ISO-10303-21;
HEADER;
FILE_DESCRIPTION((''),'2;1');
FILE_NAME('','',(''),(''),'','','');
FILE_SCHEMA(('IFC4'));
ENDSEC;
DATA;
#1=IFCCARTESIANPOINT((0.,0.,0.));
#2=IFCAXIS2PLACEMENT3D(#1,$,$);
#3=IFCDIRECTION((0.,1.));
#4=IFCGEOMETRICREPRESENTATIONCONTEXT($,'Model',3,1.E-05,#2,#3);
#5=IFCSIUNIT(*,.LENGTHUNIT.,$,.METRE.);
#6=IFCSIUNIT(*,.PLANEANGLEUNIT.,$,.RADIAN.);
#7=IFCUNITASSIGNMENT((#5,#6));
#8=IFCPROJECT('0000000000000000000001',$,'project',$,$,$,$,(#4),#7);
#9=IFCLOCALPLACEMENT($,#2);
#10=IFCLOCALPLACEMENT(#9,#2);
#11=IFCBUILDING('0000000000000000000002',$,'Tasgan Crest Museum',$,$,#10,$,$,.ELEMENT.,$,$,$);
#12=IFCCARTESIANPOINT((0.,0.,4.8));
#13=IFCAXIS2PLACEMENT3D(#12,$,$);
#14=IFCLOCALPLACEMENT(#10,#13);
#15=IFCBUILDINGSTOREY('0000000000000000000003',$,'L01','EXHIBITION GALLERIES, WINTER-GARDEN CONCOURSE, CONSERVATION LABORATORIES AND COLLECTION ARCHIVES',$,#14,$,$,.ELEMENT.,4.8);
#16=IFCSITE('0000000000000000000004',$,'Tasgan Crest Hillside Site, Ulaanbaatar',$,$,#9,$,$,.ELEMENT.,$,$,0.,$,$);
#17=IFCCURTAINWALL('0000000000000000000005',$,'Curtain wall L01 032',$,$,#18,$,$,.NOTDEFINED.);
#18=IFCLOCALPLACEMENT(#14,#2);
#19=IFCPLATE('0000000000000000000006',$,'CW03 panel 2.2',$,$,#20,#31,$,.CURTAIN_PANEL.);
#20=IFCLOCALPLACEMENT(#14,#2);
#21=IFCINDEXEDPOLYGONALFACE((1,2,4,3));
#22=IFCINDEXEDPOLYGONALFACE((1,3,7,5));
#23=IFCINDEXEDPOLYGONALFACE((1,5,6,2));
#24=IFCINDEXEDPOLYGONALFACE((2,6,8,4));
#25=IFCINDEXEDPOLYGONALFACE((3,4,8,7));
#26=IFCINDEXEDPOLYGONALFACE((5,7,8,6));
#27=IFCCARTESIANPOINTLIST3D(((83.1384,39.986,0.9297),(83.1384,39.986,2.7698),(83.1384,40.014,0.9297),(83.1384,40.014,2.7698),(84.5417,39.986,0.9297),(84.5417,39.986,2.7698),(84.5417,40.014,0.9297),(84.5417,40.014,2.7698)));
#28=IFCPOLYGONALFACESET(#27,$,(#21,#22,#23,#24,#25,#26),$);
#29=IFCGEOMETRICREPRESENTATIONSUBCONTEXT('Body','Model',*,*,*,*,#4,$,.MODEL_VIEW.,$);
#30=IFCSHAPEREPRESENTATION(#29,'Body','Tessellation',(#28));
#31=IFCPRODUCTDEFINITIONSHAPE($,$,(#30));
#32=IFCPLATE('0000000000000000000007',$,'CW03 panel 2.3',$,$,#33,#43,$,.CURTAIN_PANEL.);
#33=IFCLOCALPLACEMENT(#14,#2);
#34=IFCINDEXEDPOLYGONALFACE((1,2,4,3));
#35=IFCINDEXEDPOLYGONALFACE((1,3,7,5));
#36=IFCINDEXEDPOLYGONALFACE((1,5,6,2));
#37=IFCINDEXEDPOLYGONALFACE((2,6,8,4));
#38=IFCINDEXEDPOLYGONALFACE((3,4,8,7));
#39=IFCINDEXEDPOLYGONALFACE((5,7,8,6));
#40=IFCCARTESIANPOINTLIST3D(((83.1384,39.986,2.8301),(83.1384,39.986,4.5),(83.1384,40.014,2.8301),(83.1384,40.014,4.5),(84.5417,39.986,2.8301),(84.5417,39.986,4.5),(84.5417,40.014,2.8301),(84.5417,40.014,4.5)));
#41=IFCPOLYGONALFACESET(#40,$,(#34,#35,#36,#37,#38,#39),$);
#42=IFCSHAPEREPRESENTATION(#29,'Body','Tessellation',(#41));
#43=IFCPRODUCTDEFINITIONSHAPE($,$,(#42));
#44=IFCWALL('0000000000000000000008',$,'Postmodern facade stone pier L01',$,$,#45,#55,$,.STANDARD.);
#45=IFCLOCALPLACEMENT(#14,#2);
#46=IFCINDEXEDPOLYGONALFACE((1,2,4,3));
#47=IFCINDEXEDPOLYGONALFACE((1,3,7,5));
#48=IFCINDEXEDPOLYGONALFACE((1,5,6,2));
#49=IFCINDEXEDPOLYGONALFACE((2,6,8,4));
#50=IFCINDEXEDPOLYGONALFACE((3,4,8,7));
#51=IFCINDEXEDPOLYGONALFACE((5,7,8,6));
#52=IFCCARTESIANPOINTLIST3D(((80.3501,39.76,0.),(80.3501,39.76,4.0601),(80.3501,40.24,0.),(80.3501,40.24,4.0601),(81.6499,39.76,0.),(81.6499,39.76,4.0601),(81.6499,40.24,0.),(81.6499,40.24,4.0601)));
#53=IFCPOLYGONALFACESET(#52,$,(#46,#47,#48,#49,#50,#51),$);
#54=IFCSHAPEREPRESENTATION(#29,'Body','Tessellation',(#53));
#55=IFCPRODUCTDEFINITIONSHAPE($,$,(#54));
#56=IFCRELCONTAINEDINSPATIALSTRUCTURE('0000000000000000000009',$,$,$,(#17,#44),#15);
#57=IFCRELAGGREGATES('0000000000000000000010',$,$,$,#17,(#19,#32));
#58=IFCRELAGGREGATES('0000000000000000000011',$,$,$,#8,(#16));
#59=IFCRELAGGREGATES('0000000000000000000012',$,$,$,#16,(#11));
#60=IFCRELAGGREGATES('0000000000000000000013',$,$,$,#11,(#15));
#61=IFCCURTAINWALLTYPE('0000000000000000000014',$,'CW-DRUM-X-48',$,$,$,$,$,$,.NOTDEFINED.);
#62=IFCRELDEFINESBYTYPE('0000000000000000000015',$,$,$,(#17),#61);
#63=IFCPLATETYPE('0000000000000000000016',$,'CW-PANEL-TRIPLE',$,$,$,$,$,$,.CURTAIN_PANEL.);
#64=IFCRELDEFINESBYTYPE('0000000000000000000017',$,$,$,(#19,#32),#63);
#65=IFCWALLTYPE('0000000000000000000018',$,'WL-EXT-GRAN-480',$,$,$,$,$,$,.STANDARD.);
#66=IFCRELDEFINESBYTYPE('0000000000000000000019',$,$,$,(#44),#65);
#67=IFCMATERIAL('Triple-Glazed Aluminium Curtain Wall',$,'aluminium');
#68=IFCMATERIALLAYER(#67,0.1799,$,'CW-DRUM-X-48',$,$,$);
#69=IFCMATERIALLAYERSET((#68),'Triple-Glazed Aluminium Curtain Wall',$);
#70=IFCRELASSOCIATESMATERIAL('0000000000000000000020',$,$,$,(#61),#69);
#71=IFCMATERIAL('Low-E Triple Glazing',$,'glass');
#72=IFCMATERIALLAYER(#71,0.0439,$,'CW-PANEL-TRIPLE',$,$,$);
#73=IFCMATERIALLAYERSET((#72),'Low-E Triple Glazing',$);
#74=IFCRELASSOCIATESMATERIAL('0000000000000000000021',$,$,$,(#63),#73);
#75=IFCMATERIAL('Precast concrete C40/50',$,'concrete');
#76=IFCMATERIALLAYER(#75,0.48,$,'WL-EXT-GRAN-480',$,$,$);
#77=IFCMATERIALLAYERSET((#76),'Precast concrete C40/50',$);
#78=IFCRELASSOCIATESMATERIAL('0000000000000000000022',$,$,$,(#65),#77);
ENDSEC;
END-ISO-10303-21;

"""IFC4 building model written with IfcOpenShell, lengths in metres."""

from ifc_helpers import new_model, si_unit, direction, frame, frame_2d, origin, origin_2d, place, context, subcontext, project, spatial, rectangle, extrude, material, layer, layer_set, type_object, element, aggregate, save


model = new_model("IFC4")

# Units and contexts
model_context = context("Model", 3, precision=1e-05, world=origin(), true_north=direction((0.0, 1.0)))
body_context = subcontext(model_context, "Body", "Model", "MODEL_VIEW")
ifc_project = project(units=[si_unit("LENGTHUNIT", "METRE"), si_unit("PLANEANGLEUNIT", "RADIAN")], contexts=[model_context])

# Site, building, storey
site_placement = place(None, origin())
site = spatial("IfcSite", under=ifc_project, at=site_placement, Name="Tasgan Crest Hillside Site, Ulaanbaatar", CompositionType="ELEMENT", RefElevation=0.0)
building_placement = place(site_placement, origin())
building = spatial("IfcBuilding", under=site, at=building_placement, Name="Tasgan Crest Museum", CompositionType="ELEMENT")
storey_placement = place(building_placement, frame((0.0, 0.0, 4.8)))
storey = spatial("IfcBuildingStorey", under=building, at=storey_placement, Name="L01", Description="EXHIBITION GALLERIES, WINTER-GARDEN CONCOURSE, CONSERVATION LABORATORIES AND COLLECTION ARCHIVES", CompositionType="ELEMENT", Elevation=4.8)

# Curtain wall
ifc_material_1 = material(Name="Triple-Glazed Aluminium Curtain Wall", Category="aluminium")
ifc_layer_1 = layer(ifc_material_1, 0.1799, Name="CW-DRUM-X-48")
ifc_layer_set_1 = layer_set([ifc_layer_1], Name="Triple-Glazed Aluminium Curtain Wall")
curtain_wall_type = type_object("IfcCurtainWallType", Name="CW-DRUM-X-48", PredefinedType="NOTDEFINED", material=ifc_layer_set_1)
curtain_wall_1_placement = place(storey_placement, origin())
curtain_wall_1 = element("IfcCurtainWall", 1, at=curtain_wall_1_placement, inside=storey, type_object=curtain_wall_type, Name="Curtain wall L01 032", PredefinedType="NOTDEFINED")

# Plates
ifc_material_2 = material(Name="Low-E Triple Glazing", Category="glass")
ifc_layer_2 = layer(ifc_material_2, 0.0439, Name="CW-PANEL-TRIPLE")
ifc_layer_set_2 = layer_set([ifc_layer_2], Name="Low-E Triple Glazing")
plate_type_1 = type_object("IfcPlateType", Name="CW-PANEL-TRIPLE", PredefinedType="CURTAIN_PANEL", material=ifc_layer_set_2)
plate_1_placement = place(storey_placement, frame((83.8401, 40.0, 0.9297), z_axis=(0.0, 0.0, 1.0), x_axis=(1.0, 0.0, 0.0)))
plate_1 = element("IfcPlate", 2, at=plate_1_placement, type_object=plate_type_1, Name="CW03 panel 2.2", PredefinedType="CURTAIN_PANEL", context=body_context, shape_type="SweptSolid", body=[
    extrude(rectangle(XDim=1.4033, YDim=0.0281, at=origin_2d()), origin(), (0.0, 0.0, 1.0), 1.8401),
])
plate_2_placement = place(storey_placement, frame((83.8401, 40.0, 2.8301), z_axis=(0.0, 0.0, 1.0), x_axis=(1.0, 0.0, 0.0)))
plate_2 = element("IfcPlate", 3, at=plate_2_placement, type_object=plate_type_1, Name="CW03 panel 2.3", PredefinedType="CURTAIN_PANEL", context=body_context, shape_type="SweptSolid", body=[
    extrude(rectangle(XDim=1.4033, YDim=0.0281, at=origin_2d()), origin(), (0.0, 0.0, 1.0), 1.6699),
])
aggregate(curtain_wall_1, [plate_1, plate_2])

# Wall
ifc_material_3 = material(Name="Precast concrete C40/50", Category="concrete")
ifc_layer_3 = layer(ifc_material_3, 0.48, Name="WL-EXT-GRAN-480")
ifc_layer_set_3 = layer_set([ifc_layer_3], Name="Precast concrete C40/50")
wall_type = type_object("IfcWallType", Name="WL-EXT-GRAN-480", PredefinedType="STANDARD", material=ifc_layer_set_3)
wall_placement = place(storey_placement, frame((80.3501, 40.0, 0.0), z_axis=(0.0, 0.0, 1.0), x_axis=(1.0, 0.0, 0.0)))
element("IfcWall", 4, at=wall_placement, inside=storey, type_object=wall_type, Name="Postmodern facade stone pier L01", PredefinedType="STANDARD", context=body_context, shape_type="SweptSolid", body=[
    extrude(rectangle(XDim=1.2998, YDim=0.48, at=frame_2d((0.6499, 0.0))), origin(), (0.0, 0.0, 1.0), 4.0601),
])

save(model, "model.ifc")
